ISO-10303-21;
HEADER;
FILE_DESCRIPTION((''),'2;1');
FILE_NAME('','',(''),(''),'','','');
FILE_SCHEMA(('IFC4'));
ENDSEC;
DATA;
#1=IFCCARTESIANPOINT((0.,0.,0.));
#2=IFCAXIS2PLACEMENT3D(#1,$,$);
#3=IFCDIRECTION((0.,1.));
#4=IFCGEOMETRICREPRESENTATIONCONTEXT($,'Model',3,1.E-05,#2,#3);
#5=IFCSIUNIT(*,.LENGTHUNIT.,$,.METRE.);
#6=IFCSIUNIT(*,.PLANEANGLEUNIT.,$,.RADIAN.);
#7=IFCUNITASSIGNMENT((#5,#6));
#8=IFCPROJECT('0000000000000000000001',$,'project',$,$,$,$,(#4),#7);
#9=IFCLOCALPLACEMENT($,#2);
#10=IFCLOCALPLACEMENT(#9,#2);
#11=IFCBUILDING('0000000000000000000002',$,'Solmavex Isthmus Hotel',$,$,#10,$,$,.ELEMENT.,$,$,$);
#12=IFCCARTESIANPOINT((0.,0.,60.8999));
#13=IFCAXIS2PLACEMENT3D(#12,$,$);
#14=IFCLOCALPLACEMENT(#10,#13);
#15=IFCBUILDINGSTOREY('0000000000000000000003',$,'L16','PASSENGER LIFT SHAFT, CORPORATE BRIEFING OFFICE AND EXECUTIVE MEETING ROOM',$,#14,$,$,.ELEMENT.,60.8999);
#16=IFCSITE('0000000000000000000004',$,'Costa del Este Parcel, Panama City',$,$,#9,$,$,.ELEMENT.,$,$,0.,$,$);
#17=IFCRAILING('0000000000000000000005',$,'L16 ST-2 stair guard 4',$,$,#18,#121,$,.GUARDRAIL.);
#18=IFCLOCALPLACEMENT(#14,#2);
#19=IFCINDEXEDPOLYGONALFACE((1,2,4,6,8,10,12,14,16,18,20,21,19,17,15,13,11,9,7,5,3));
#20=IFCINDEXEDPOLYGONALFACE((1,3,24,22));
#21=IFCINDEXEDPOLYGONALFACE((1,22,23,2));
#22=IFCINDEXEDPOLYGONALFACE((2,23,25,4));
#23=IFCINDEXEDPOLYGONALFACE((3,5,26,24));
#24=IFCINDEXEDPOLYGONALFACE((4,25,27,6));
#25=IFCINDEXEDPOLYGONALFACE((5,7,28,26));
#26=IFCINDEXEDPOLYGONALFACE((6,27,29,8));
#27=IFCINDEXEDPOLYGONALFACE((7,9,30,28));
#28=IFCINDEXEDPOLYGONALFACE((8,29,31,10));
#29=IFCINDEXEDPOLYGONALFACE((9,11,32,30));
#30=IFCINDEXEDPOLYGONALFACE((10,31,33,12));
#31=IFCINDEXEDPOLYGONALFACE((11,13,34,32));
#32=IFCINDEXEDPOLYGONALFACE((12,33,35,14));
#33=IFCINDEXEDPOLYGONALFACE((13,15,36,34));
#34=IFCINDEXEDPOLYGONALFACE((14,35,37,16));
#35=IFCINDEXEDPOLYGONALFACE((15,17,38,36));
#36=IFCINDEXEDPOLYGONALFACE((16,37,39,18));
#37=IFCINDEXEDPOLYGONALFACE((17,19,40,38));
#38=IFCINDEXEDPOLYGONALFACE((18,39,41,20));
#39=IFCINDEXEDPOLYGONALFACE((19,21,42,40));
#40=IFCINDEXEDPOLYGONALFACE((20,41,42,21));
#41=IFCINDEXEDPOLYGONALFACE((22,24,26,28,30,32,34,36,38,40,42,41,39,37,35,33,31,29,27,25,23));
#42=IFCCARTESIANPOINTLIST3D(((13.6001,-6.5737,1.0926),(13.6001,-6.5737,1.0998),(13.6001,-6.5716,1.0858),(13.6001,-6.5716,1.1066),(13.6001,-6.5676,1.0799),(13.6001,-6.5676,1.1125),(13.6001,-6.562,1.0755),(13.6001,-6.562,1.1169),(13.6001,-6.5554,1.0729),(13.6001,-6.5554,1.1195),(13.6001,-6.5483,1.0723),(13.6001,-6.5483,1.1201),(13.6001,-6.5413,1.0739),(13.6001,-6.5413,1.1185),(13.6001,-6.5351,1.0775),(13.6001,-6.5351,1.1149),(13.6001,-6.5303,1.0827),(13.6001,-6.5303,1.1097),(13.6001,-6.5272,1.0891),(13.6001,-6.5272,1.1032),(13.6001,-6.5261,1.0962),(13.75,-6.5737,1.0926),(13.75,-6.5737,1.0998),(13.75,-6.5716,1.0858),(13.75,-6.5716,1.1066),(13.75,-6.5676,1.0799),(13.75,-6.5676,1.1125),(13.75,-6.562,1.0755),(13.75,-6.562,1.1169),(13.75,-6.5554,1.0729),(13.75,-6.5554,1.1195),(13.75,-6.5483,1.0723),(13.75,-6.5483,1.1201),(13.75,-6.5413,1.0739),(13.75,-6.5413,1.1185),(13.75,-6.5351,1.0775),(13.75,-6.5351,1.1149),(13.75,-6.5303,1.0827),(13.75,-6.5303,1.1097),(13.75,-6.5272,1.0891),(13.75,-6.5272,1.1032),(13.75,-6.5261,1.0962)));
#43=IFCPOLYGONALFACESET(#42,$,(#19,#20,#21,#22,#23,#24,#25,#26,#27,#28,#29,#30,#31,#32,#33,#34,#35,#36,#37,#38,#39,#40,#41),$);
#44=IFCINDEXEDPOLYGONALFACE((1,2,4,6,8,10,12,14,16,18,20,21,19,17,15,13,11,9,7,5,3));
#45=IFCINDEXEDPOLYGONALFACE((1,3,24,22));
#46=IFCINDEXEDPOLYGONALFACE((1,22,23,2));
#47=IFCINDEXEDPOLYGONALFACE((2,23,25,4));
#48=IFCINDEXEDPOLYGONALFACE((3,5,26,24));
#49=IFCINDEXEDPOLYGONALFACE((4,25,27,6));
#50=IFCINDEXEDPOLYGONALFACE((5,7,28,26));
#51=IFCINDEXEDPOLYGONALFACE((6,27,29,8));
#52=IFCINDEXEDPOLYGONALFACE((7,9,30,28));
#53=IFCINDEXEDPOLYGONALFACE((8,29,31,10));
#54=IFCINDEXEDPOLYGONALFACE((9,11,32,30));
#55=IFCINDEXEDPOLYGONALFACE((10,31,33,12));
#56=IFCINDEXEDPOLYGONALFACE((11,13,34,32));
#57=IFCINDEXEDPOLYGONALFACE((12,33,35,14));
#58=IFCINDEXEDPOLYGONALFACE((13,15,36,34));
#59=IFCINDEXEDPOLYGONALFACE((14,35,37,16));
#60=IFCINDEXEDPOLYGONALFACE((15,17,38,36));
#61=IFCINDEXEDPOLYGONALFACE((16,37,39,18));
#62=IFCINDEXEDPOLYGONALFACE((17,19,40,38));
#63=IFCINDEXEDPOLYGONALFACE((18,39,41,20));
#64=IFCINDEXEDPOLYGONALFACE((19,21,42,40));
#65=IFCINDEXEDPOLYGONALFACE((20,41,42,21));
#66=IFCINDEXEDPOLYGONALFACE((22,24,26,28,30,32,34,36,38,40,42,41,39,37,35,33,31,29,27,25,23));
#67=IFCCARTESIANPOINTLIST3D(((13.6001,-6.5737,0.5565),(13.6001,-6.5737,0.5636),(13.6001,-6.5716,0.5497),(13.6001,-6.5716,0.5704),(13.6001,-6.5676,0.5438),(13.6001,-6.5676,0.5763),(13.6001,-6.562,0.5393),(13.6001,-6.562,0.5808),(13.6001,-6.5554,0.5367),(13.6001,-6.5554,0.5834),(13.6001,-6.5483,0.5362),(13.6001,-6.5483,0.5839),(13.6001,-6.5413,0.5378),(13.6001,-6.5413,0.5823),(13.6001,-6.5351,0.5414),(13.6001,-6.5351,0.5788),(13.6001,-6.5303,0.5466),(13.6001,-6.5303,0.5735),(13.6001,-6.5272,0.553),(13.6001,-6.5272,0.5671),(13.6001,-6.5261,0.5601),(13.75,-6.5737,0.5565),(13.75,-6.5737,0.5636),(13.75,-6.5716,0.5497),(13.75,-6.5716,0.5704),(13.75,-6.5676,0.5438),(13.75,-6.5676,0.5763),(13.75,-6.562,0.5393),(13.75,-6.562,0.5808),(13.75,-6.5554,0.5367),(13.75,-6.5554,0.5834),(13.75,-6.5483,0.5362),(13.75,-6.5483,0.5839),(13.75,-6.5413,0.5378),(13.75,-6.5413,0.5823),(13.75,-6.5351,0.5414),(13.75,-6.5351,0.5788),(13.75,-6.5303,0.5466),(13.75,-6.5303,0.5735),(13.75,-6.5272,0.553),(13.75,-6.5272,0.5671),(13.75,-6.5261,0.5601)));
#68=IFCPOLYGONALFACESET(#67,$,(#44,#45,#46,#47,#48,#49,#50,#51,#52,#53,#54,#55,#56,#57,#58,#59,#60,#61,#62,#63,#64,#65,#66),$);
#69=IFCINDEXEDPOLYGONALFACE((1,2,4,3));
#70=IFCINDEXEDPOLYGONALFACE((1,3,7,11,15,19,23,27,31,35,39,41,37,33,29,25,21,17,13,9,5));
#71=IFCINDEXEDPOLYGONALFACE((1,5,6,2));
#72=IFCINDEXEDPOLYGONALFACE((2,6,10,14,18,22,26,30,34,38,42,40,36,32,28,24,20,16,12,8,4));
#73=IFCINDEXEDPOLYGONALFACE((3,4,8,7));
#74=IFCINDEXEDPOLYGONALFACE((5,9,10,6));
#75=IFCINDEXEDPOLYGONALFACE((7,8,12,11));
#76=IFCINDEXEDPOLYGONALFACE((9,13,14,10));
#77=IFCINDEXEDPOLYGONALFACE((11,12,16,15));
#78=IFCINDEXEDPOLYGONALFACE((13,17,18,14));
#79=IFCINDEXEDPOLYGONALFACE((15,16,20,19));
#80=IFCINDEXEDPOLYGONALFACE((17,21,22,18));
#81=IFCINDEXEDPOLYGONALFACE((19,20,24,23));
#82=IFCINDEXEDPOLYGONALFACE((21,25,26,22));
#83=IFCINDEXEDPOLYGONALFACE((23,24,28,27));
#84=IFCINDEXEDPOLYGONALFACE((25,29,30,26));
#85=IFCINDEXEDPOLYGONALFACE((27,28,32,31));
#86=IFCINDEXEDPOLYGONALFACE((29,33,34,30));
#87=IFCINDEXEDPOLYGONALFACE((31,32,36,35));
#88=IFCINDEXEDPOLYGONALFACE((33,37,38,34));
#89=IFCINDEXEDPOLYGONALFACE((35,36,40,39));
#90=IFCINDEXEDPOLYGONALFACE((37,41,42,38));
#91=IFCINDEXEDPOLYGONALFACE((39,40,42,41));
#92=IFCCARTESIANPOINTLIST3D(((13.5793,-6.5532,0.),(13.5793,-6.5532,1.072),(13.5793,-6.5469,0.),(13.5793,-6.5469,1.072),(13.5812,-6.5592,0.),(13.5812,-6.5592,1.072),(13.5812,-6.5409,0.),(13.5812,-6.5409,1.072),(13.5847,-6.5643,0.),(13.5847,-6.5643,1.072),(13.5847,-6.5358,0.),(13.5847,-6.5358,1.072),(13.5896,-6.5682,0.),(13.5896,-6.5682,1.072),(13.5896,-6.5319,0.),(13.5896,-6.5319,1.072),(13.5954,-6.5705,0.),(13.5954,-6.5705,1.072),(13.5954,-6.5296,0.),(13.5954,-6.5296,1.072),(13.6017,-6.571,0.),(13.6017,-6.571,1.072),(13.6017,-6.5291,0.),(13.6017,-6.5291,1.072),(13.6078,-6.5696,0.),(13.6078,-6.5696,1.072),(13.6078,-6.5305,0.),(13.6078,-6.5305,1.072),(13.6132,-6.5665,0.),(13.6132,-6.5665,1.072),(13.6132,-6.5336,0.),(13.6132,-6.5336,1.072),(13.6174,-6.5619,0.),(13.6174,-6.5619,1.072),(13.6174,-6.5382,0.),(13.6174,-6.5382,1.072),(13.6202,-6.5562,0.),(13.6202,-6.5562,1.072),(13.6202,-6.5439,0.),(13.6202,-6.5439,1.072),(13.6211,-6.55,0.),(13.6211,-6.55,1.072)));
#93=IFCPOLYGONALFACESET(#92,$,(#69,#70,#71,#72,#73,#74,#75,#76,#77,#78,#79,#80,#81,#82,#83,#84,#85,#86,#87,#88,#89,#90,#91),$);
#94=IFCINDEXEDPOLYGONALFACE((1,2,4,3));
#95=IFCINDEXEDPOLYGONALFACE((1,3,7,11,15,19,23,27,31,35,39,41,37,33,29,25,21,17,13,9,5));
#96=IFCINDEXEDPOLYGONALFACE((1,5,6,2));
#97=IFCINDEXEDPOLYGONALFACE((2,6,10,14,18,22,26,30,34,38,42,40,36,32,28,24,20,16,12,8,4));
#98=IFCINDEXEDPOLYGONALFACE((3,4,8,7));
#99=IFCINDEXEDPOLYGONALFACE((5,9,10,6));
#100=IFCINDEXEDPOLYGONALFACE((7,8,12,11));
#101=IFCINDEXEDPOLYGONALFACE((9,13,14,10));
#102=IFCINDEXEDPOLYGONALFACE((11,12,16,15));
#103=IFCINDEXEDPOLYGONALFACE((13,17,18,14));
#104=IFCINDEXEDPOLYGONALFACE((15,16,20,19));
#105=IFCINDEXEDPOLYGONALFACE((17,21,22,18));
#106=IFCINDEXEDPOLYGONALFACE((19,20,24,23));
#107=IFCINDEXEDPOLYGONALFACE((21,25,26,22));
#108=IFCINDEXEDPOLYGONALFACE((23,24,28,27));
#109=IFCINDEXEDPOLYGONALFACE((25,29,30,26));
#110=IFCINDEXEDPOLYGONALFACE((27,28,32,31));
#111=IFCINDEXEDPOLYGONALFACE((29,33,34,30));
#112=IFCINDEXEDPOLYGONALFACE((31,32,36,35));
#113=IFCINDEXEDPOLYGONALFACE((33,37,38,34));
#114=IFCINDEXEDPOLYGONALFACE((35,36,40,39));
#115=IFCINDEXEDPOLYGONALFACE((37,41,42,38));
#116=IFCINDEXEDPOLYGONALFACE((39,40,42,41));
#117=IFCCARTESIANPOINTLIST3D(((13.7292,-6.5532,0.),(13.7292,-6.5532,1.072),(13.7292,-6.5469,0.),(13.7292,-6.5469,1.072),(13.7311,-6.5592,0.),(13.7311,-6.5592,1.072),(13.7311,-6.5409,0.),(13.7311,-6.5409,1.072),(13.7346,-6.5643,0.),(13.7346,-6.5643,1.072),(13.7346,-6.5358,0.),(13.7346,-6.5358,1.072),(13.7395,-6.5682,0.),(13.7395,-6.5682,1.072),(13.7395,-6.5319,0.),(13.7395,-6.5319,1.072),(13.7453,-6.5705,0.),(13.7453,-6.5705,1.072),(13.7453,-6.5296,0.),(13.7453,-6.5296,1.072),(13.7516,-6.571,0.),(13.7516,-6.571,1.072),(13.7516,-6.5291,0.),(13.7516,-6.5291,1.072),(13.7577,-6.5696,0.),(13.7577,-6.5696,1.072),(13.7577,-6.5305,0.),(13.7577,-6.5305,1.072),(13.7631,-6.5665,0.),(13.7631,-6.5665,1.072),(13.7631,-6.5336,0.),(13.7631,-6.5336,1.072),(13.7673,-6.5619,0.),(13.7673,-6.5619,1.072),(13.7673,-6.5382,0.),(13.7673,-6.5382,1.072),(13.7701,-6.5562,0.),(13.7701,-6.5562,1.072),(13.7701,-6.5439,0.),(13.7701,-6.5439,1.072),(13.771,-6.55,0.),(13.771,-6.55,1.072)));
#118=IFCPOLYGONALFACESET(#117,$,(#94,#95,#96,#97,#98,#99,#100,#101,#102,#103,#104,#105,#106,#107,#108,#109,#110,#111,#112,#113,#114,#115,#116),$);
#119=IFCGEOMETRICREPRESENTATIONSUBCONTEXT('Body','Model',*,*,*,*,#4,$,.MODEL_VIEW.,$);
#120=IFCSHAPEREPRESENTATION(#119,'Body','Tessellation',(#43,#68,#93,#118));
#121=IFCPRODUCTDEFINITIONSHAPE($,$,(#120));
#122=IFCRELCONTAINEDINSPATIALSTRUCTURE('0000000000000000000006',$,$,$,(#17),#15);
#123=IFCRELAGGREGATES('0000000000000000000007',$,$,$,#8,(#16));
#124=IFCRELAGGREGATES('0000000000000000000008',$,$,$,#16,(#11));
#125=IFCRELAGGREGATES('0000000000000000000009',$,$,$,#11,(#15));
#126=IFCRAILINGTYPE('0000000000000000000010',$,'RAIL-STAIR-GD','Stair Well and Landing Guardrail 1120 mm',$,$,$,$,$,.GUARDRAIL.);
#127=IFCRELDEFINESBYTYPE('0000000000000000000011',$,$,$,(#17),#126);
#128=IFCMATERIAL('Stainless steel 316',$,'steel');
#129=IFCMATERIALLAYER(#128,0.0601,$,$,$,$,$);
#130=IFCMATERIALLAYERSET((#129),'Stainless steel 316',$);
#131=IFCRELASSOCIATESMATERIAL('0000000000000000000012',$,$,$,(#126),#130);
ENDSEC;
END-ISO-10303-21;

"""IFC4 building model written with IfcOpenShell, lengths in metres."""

from ifc_helpers import new_model, si_unit, direction, frame, origin, origin_2d, place, context, subcontext, project, spatial, circle, extrude, material, layer, layer_set, type_object, element, save


model = new_model("IFC4")

# Units and contexts
model_context = context("Model", 3, precision=1e-05, world=origin(), true_north=direction((0.0, 1.0)))
body_context = subcontext(model_context, "Body", "Model", "MODEL_VIEW")
ifc_project = project(units=[si_unit("LENGTHUNIT", "METRE"), si_unit("PLANEANGLEUNIT", "RADIAN")], contexts=[model_context])

# Site, building, storey
site_placement = place(None, origin())
site = spatial("IfcSite", under=ifc_project, at=site_placement, Name="Costa del Este Parcel, Panama City", CompositionType="ELEMENT", RefElevation=0.0)
building_placement = place(site_placement, origin())
building = spatial("IfcBuilding", under=site, at=building_placement, Name="Solmavex Isthmus Hotel", CompositionType="ELEMENT")
storey_placement = place(building_placement, frame((0.0, 0.0, 60.8999)))
storey = spatial("IfcBuildingStorey", under=building, at=storey_placement, Name="L16", Description="PASSENGER LIFT SHAFT, CORPORATE BRIEFING OFFICE AND EXECUTIVE MEETING ROOM", CompositionType="ELEMENT", Elevation=60.8999)

# Railing
ifc_material_1 = material(Name="Stainless steel 316", Category="steel")
ifc_layer_1 = layer(ifc_material_1, 0.0601)
ifc_layer_set_1 = layer_set([ifc_layer_1], Name="Stainless steel 316")
railing_type_1 = type_object("IfcRailingType", Name="RAIL-STAIR-GD", Description="Stair Well and Landing Guardrail 1120 mm", PredefinedType="GUARDRAIL", material=ifc_layer_set_1)
railing_1_placement = place(storey_placement, frame((13.6001, -6.55, 0.0)))
element("IfcRailing", 1, at=railing_1_placement, inside=storey, type_object=railing_type_1, Name="L16 ST-2 stair guard 4", PredefinedType="GUARDRAIL", context=body_context, shape_type="SweptSolid", body=[
    extrude(circle(Radius=0.0239, at=origin_2d()), frame((0.0, 0.0, 1.0962), z_axis=(1.0, 0.0, 0.0), x_axis=(0.0, 1.0, 0.0)), (0.0, 0.0, 1.0), 0.1499),
    extrude(circle(Radius=0.0239, at=origin_2d()), frame((0.0, 0.0, 0.5601), z_axis=(1.0, 0.0, 0.0), x_axis=(0.0, 1.0, 0.0)), (0.0, 0.0, 1.0), 0.1499),
    extrude(circle(Radius=0.021, at=origin_2d()), origin(), (0.0, 0.0, 1.0), 1.072),
    extrude(circle(Radius=0.021, at=origin_2d()), frame((0.1499, 0.0, 0.0)), (0.0, 0.0, 1.0), 1.072),
])

save(model, "model.ifc")
